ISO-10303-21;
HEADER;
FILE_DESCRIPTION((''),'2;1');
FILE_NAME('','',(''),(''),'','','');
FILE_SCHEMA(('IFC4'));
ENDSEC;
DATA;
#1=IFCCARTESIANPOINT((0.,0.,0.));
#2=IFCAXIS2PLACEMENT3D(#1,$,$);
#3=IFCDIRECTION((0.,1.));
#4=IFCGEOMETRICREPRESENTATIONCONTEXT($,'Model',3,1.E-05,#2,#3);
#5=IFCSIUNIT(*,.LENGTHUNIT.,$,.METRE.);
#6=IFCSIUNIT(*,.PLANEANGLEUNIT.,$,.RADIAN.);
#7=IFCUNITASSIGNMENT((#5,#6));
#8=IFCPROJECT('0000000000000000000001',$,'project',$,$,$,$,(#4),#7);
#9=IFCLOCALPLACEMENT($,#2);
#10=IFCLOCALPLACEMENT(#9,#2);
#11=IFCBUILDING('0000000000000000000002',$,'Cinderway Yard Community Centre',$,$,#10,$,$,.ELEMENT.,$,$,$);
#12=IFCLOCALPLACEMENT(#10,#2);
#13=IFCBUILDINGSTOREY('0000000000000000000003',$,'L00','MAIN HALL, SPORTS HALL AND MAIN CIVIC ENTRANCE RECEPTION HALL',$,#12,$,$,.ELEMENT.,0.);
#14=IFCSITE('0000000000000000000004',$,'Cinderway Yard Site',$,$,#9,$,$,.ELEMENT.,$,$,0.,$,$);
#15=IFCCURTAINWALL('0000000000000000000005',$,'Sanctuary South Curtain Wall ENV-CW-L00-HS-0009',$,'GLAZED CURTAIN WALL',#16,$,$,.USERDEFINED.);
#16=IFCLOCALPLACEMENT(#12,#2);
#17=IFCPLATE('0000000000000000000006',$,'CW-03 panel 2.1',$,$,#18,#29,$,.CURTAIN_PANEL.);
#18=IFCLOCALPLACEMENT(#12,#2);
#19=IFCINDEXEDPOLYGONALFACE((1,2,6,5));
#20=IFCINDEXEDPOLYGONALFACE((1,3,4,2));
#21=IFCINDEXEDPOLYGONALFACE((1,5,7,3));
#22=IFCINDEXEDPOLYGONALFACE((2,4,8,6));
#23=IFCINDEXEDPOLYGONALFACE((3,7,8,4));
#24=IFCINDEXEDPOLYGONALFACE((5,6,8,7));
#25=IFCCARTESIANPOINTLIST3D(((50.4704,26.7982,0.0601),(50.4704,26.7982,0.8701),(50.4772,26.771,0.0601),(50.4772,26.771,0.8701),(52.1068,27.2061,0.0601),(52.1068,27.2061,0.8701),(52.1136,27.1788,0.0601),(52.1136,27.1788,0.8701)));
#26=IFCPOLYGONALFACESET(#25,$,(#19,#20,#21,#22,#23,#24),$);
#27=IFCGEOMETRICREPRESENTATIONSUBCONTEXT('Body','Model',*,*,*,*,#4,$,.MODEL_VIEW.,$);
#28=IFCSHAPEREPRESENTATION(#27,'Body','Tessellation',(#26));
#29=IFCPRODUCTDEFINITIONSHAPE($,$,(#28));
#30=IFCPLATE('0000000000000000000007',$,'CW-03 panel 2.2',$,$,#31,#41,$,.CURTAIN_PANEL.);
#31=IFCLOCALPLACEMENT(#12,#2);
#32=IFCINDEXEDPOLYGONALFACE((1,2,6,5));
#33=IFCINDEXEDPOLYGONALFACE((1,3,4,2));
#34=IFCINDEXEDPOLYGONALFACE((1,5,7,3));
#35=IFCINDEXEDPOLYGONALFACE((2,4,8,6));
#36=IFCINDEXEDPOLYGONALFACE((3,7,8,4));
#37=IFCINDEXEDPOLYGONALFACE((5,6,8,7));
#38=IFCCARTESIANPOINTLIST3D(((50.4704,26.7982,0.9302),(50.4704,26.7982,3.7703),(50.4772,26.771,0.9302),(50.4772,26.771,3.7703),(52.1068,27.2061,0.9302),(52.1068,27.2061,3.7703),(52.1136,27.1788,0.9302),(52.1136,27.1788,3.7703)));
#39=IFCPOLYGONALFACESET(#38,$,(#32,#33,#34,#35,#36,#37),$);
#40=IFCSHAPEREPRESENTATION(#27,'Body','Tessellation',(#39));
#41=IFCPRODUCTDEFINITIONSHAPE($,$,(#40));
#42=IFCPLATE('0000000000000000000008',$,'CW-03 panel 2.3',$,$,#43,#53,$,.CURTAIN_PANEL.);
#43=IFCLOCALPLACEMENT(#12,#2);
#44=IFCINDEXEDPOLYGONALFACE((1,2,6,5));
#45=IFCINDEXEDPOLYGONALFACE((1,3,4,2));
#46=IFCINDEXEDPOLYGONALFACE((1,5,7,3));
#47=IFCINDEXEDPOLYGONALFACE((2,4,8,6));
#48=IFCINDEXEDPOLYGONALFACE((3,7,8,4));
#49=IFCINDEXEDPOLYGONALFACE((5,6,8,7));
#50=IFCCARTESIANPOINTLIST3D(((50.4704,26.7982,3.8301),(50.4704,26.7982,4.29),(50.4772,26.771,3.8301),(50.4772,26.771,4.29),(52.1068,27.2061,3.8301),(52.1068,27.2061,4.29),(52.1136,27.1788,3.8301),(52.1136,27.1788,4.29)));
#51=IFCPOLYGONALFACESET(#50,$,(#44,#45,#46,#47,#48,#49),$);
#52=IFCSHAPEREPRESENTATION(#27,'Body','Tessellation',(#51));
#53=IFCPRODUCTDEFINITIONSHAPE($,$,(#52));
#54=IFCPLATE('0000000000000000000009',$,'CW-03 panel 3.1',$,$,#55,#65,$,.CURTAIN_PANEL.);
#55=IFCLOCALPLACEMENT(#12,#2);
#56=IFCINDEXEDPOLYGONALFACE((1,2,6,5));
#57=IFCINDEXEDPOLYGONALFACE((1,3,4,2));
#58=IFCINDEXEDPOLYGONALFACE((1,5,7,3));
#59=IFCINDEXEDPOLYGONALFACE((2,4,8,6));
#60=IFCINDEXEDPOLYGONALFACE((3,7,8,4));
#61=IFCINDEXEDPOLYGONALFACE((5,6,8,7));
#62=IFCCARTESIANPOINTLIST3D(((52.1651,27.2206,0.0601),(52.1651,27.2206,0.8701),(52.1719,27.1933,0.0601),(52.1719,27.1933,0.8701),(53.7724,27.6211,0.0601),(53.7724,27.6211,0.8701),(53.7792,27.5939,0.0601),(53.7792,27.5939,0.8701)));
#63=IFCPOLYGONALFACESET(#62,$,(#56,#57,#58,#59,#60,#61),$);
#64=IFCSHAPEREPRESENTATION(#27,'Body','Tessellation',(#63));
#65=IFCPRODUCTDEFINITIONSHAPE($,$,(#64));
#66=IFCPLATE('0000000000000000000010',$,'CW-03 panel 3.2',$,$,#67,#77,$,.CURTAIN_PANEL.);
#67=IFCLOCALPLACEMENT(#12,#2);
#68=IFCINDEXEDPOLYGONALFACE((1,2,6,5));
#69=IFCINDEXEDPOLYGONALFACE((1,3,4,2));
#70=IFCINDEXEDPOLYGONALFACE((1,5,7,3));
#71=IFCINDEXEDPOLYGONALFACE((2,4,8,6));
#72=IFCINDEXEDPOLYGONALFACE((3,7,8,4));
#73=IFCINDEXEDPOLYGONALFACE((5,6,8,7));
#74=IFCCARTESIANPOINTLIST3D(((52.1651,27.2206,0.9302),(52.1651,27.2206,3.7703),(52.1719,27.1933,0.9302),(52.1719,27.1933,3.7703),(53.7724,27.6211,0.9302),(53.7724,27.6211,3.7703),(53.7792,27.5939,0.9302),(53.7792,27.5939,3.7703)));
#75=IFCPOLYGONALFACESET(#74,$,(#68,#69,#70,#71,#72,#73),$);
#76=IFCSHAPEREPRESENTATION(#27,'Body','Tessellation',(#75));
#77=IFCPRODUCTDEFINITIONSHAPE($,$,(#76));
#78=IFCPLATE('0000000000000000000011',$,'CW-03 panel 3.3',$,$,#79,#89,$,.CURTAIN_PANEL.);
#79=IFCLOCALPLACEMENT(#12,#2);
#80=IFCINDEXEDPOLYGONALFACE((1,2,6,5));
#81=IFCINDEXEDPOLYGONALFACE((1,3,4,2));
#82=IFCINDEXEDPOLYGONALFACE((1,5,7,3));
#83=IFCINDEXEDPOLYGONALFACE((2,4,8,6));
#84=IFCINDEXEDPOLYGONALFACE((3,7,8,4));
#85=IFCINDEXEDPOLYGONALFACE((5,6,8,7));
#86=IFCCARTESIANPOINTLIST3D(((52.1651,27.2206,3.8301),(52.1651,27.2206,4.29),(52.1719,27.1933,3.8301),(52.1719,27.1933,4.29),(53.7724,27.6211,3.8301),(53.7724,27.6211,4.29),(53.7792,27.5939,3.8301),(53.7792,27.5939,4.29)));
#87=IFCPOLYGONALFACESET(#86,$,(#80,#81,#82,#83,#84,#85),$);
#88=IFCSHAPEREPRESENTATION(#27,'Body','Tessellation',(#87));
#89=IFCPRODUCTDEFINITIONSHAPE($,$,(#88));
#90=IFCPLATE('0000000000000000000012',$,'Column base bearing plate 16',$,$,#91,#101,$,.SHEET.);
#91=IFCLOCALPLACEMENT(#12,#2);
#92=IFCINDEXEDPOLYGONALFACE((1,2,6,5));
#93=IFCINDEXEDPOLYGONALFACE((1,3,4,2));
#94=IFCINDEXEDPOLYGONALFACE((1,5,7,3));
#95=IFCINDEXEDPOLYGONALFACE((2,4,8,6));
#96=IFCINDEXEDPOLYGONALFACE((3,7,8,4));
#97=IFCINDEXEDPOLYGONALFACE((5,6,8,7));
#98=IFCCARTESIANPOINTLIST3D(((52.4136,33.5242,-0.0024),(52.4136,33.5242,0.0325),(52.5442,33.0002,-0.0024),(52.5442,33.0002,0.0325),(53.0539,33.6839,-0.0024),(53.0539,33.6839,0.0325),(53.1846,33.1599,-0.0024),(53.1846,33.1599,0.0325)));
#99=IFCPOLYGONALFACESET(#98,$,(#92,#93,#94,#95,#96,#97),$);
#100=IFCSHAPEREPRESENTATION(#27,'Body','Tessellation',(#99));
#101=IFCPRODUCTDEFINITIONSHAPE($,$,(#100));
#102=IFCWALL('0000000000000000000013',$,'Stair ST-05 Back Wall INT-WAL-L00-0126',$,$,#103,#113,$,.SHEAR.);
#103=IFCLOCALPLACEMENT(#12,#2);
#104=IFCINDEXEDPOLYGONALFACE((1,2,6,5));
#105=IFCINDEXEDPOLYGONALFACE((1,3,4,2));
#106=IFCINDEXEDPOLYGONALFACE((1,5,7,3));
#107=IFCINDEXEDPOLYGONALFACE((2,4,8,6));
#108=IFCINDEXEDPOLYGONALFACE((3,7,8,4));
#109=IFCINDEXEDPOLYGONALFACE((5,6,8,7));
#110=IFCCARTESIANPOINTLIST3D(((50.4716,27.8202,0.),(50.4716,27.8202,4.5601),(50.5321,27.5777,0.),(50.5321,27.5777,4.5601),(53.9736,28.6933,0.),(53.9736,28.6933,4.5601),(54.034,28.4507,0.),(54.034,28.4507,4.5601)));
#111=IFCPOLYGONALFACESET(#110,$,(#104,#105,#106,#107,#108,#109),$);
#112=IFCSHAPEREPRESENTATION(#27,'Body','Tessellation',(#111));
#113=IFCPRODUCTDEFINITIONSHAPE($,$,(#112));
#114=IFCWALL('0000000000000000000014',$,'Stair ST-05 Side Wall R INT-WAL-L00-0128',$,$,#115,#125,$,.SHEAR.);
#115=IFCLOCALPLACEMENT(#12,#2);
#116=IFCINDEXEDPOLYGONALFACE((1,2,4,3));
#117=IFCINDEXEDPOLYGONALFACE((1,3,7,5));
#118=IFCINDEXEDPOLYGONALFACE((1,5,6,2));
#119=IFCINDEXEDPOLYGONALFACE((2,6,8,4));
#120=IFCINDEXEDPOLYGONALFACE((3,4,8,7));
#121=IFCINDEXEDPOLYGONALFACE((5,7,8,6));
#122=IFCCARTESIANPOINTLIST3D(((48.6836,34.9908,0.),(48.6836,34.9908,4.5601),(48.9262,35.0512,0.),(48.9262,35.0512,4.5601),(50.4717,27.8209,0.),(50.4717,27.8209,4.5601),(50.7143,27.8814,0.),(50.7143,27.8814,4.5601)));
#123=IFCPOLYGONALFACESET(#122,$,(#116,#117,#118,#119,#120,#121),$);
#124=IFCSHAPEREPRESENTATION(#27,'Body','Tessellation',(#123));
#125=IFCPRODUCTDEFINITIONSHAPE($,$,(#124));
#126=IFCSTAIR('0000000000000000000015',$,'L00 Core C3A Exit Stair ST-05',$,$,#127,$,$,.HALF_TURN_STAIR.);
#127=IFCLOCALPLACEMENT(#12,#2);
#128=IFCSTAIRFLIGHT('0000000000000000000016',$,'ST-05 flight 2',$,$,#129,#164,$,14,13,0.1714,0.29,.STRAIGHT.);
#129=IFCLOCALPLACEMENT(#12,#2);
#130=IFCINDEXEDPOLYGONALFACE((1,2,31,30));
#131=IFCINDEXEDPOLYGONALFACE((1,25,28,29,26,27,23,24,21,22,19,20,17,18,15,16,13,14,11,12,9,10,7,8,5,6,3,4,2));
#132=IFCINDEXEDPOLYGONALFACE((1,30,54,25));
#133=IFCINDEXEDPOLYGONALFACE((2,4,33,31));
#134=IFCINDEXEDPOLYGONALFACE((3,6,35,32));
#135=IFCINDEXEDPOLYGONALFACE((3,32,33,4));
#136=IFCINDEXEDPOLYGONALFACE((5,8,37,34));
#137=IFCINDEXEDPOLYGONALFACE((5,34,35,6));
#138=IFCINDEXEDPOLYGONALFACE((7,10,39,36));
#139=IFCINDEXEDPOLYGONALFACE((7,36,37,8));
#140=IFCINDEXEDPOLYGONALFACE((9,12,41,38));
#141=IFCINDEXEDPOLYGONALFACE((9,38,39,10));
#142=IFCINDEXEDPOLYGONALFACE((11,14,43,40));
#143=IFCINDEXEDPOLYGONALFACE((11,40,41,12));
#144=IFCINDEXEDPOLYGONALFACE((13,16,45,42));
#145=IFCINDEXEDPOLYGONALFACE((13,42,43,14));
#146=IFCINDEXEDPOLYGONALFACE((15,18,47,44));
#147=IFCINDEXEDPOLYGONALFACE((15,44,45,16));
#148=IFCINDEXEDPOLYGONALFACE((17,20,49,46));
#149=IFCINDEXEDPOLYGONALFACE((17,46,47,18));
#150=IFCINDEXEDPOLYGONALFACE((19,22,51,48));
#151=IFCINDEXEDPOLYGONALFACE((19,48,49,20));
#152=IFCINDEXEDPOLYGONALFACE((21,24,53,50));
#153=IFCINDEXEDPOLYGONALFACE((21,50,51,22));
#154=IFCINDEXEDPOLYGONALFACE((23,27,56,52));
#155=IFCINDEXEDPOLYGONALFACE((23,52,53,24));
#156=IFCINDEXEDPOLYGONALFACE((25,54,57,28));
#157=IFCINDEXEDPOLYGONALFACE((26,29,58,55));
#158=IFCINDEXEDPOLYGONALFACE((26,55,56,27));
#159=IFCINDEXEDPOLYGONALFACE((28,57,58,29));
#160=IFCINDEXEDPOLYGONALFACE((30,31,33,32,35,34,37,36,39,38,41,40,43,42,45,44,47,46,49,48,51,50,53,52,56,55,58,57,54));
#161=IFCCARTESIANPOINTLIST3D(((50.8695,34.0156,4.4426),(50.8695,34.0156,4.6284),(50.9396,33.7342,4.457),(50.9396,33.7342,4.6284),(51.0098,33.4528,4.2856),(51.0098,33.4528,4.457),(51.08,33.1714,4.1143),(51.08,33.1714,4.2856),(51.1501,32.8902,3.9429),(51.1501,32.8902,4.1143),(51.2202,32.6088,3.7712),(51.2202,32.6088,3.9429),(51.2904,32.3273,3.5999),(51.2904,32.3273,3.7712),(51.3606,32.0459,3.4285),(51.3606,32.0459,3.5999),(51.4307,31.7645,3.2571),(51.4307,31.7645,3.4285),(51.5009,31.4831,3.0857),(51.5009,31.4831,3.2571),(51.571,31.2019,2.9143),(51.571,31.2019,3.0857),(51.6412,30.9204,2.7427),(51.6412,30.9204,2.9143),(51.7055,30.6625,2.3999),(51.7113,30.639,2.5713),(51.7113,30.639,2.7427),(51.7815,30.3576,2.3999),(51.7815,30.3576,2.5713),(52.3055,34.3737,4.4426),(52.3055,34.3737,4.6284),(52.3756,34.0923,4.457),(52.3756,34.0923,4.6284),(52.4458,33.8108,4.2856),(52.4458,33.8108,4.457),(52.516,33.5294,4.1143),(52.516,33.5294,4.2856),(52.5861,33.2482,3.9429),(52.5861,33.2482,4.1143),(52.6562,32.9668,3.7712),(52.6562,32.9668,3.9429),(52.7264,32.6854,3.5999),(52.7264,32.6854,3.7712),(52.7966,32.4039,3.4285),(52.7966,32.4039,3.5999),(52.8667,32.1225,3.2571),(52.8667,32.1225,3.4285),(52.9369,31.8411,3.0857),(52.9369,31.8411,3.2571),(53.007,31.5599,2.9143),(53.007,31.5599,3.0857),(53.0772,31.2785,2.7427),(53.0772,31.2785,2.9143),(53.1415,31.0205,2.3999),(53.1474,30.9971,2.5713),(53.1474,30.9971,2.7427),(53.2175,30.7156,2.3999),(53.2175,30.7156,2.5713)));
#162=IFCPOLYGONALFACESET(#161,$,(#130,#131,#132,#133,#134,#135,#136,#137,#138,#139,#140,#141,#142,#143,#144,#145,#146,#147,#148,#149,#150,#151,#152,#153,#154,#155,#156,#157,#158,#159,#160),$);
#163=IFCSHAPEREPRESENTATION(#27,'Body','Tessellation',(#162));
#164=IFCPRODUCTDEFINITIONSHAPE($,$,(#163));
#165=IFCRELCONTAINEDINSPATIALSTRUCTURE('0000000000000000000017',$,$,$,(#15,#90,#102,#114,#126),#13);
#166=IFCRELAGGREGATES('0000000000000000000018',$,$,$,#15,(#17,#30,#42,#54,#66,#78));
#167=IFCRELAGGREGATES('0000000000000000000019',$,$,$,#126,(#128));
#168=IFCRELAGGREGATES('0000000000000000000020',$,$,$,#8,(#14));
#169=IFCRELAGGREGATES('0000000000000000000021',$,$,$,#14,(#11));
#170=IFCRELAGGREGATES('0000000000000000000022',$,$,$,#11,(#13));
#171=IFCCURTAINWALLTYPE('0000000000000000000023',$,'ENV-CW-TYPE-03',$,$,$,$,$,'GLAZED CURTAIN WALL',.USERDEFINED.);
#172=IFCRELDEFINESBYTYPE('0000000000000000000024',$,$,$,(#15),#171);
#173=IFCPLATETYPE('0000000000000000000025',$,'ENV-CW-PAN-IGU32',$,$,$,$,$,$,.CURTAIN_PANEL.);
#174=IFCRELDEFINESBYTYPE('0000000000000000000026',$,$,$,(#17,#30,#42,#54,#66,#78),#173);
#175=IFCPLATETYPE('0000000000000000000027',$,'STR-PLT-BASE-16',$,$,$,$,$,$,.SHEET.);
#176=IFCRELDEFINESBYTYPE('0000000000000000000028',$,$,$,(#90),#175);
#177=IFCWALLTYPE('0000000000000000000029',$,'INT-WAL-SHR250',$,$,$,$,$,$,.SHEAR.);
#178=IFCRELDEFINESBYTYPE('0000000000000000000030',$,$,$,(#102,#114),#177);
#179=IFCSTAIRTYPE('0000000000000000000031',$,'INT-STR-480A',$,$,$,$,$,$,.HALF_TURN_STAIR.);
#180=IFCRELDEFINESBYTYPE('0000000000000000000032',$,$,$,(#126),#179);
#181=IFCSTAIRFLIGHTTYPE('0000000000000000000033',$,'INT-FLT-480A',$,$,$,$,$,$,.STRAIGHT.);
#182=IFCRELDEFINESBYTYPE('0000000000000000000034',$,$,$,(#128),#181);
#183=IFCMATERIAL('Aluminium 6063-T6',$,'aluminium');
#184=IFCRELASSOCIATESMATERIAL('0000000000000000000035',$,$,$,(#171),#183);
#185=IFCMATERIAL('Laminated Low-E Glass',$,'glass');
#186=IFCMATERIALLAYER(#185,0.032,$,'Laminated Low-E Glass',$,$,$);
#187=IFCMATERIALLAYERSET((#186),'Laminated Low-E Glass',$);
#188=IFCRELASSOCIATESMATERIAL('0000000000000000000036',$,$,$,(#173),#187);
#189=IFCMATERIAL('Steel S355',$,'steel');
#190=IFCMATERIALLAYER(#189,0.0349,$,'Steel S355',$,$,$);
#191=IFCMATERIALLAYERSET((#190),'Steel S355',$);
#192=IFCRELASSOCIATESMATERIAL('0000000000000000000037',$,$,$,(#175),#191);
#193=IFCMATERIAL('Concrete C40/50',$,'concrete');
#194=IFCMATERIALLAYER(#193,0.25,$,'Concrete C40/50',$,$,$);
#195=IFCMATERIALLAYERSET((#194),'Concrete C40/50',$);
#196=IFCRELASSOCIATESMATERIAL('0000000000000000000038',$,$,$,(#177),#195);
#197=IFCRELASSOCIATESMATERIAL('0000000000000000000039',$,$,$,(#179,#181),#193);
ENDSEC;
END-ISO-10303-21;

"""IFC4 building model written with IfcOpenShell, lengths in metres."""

from ifc_helpers import new_model, si_unit, direction, frame, frame_2d, origin, origin_2d, place, context, subcontext, project, spatial, polyline, rectangle, outline, extrude, material, layer, layer_set, type_object, element, aggregate, save


model = new_model("IFC4")

# Units and contexts
model_context = context("Model", 3, precision=1e-05, world=origin(), true_north=direction((0.0, 1.0)))
body_context = subcontext(model_context, "Body", "Model", "MODEL_VIEW")
ifc_project = project(units=[si_unit("LENGTHUNIT", "METRE"), si_unit("PLANEANGLEUNIT", "RADIAN")], contexts=[model_context])

# Site, building, storey
site_placement = place(None, origin())
site = spatial("IfcSite", under=ifc_project, at=site_placement, Name="Cinderway Yard Site", CompositionType="ELEMENT", RefElevation=0.0)
building_placement = place(site_placement, origin())
building = spatial("IfcBuilding", under=site, at=building_placement, Name="Cinderway Yard Community Centre", CompositionType="ELEMENT")
storey_placement = place(building_placement, origin())
storey = spatial("IfcBuildingStorey", under=building, at=storey_placement, Name="L00", Description="MAIN HALL, SPORTS HALL AND MAIN CIVIC ENTRANCE RECEPTION HALL", CompositionType="ELEMENT", Elevation=0.0)

# Shared definitions
ifc_material_1 = material(Name="Concrete C40/50", Category="concrete")

# Curtain wall
ifc_material_2 = material(Name="Aluminium 6063-T6", Category="aluminium")
curtain_wall_type_1 = type_object("IfcCurtainWallType", Name="ENV-CW-TYPE-03", ElementType="GLAZED CURTAIN WALL", PredefinedType="USERDEFINED", material=ifc_material_2)
curtain_wall_1_placement = place(storey_placement, origin())
curtain_wall_1 = element("IfcCurtainWall", 1, at=curtain_wall_1_placement, inside=storey, type_object=curtain_wall_type_1, Name="Sanctuary South Curtain Wall ENV-CW-L00-HS-0009", ObjectType="GLAZED CURTAIN WALL", PredefinedType="USERDEFINED")

# Plates
ifc_material_3 = material(Name="Laminated Low-E Glass", Category="glass")
ifc_layer_1 = layer(ifc_material_3, 0.032, Name="Laminated Low-E Glass")
ifc_layer_set_1 = layer_set([ifc_layer_1], Name="Laminated Low-E Glass")
plate_type_1 = type_object("IfcPlateType", Name="ENV-CW-PAN-IGU32", PredefinedType="CURTAIN_PANEL", material=ifc_layer_set_1)
plate_1_placement = place(storey_placement, frame((51.292, 26.9885, 0.0601), z_axis=(0.0, 0.0, 1.0), x_axis=(0.970322, 0.241817, 0.0)))
plate_1 = element("IfcPlate", 2, at=plate_1_placement, type_object=plate_type_1, Name="CW-03 panel 2.1", PredefinedType="CURTAIN_PANEL", context=body_context, shape_type="SweptSolid", body=[
    extrude(rectangle(XDim=1.6865, YDim=0.0281, at=origin_2d()), origin(), (0.0, 0.0, 1.0), 0.8101),
])
plate_2_placement = place(storey_placement, frame((51.292, 26.9885, 0.9302), z_axis=(0.0, 0.0, 1.0), x_axis=(0.970322, 0.241817, 0.0)))
plate_2 = element("IfcPlate", 3, at=plate_2_placement, type_object=plate_type_1, Name="CW-03 panel 2.2", PredefinedType="CURTAIN_PANEL", context=body_context, shape_type="SweptSolid", body=[
    extrude(rectangle(XDim=1.6865, YDim=0.0281, at=origin_2d()), origin(), (0.0, 0.0, 1.0), 2.8401),
])
plate_3_placement = place(storey_placement, frame((51.292, 26.9885, 3.8301), z_axis=(0.0, 0.0, 1.0), x_axis=(0.970322, 0.241817, 0.0)))
plate_3 = element("IfcPlate", 4, at=plate_3_placement, type_object=plate_type_1, Name="CW-03 panel 2.3", PredefinedType="CURTAIN_PANEL", context=body_context, shape_type="SweptSolid", body=[
    extrude(rectangle(XDim=1.6865, YDim=0.0281, at=origin_2d()), origin(), (0.0, 0.0, 1.0), 0.46),
])
plate_4_placement = place(storey_placement, frame((52.9722, 27.4072, 0.0601), z_axis=(0.0, 0.0, 1.0), x_axis=(0.970322, 0.241817, 0.0)))
plate_4 = element("IfcPlate", 5, at=plate_4_placement, type_object=plate_type_1, Name="CW-03 panel 3.1", PredefinedType="CURTAIN_PANEL", context=body_context, shape_type="SweptSolid", body=[
    extrude(rectangle(XDim=1.6565, YDim=0.0281, at=origin_2d()), origin(), (0.0, 0.0, 1.0), 0.8101),
])
plate_5_placement = place(storey_placement, frame((52.9722, 27.4072, 0.9302), z_axis=(0.0, 0.0, 1.0), x_axis=(0.970322, 0.241817, 0.0)))
plate_5 = element("IfcPlate", 6, at=plate_5_placement, type_object=plate_type_1, Name="CW-03 panel 3.2", PredefinedType="CURTAIN_PANEL", context=body_context, shape_type="SweptSolid", body=[
    extrude(rectangle(XDim=1.6565, YDim=0.0281, at=origin_2d()), origin(), (0.0, 0.0, 1.0), 2.8401),
])
plate_6_placement = place(storey_placement, frame((52.9722, 27.4072, 3.8301), z_axis=(0.0, 0.0, 1.0), x_axis=(0.970322, 0.241817, 0.0)))
plate_6 = element("IfcPlate", 7, at=plate_6_placement, type_object=plate_type_1, Name="CW-03 panel 3.3", PredefinedType="CURTAIN_PANEL", context=body_context, shape_type="SweptSolid", body=[
    extrude(rectangle(XDim=1.6565, YDim=0.0281, at=origin_2d()), origin(), (0.0, 0.0, 1.0), 0.46),
])
aggregate(curtain_wall_1, [plate_1, plate_2, plate_3, plate_4, plate_5, plate_6])
ifc_material_4 = material(Name="Steel S355", Category="steel")
ifc_layer_2 = layer(ifc_material_4, 0.0349, Name="Steel S355")
ifc_layer_set_2 = layer_set([ifc_layer_2], Name="Steel S355")
plate_type_2 = type_object("IfcPlateType", Name="STR-PLT-BASE-16", PredefinedType="SHEET", material=ifc_layer_set_2)
plate_7_placement = place(storey_placement, frame((52.7991, 33.342, -0.0024), z_axis=(0.0, 0.0, 1.0), x_axis=(0.970296, 0.241922, 0.0)))
element("IfcPlate", 8, at=plate_7_placement, inside=storey, type_object=plate_type_2, Name="Column base bearing plate 16", PredefinedType="SHEET", context=body_context, shape_type="SweptSolid", body=[
    extrude(rectangle(XDim=0.6599, YDim=0.54, at=origin_2d()), origin(), (0.0, 0.0, 1.0), 0.0349),
])

# Walls
ifc_layer_3 = layer(ifc_material_1, 0.25, Name="Concrete C40/50")
ifc_layer_set_3 = layer_set([ifc_layer_3], Name="Concrete C40/50")
wall_type = type_object("IfcWallType", Name="INT-WAL-SHR250", PredefinedType="SHEAR", material=ifc_layer_set_3)
wall_1_placement = place(storey_placement, frame((54.0039, 28.572, 0.0), z_axis=(0.0, 0.0, 1.0), x_axis=(-0.970301, -0.241899, 0.0)))
element("IfcWall", 9, at=wall_1_placement, inside=storey, type_object=wall_type, Name="Stair ST-05 Back Wall INT-WAL-L00-0126", PredefinedType="SHEAR", context=body_context, shape_type="SweptSolid", body=[
    extrude(rectangle(XDim=3.6091, YDim=0.25, at=frame_2d((1.8047, 0.0))), origin(), (0.0, 0.0, 1.0), 4.5601),
])
wall_2_placement = place(storey_placement, frame((50.593, 27.8511, 0.0), z_axis=(0.0, 0.0, 1.0), x_axis=(-0.241976, 0.970282, 0.0)))
element("IfcWall", 10, at=wall_2_placement, inside=storey, type_object=wall_type, Name="Stair ST-05 Side Wall R INT-WAL-L00-0128", PredefinedType="SHEAR", context=body_context, shape_type="SweptSolid", body=[
    extrude(rectangle(XDim=7.3894, YDim=0.25, at=frame_2d((3.6948, 0.0))), origin(), (0.0, 0.0, 1.0), 4.5601),
])

# Stair, stair flight
stair_type = type_object("IfcStairType", Name="INT-STR-480A", PredefinedType="HALF_TURN_STAIR", material=ifc_material_1)
stair_placement = place(storey_placement, origin())
stair = element("IfcStair", 11, at=stair_placement, inside=storey, type_object=stair_type, Name="L00 Core C3A Exit Stair ST-05", PredefinedType="HALF_TURN_STAIR")
stair_flight_type = type_object("IfcStairFlightType", Name="INT-FLT-480A", PredefinedType="STRAIGHT", material=ifc_material_1)
stair_flight_placement = place(storey_placement, frame((52.4995, 30.5366, 2.3999), z_axis=(0.0, 0.0, 1.0), x_axis=(-0.241922, 0.970296, 0.0)))
stair_flight = element("IfcStairFlight", 12, at=stair_flight_placement, type_object=stair_flight_type, Name="ST-05 flight 2", NumberOfRisers=14, NumberOfTreads=13, PredefinedType="STRAIGHT", RiserHeight=0.1714, TreadLength=0.29, context=body_context, shape_type="SweptSolid", body=[
    extrude(outline(polyline([(0.0, 0.0), (0.0, 0.1714), (0.29, 0.1714), (0.29, 0.3428), (0.5801, 0.3428), (0.5801, 0.5144), (0.8701, 0.5144), (0.8701, 0.6858), (1.1599, 0.6858), (1.1599, 0.8572), (1.45, 0.8572), (1.45, 1.0286), (1.74, 1.0286), (1.74, 1.2), (2.03, 1.2), (2.03, 1.3713), (2.3201, 1.3713), (2.3201, 1.543), (2.6101, 1.543), (2.6101, 1.7144), (2.8999, 1.7144), (2.8999, 1.8857), (3.1899, 1.8857), (3.1899, 2.0571), (3.48, 2.0571), (3.48, 2.2285), (3.77, 2.2285), (3.77, 2.3999), (3.77, 2.0427), (0.3142, 0.0), (0.0, 0.0)])), frame((0.0, 0.74, 0.0), z_axis=(0.0, -1.0, 0.0), x_axis=(1.0, 0.0, 0.0)), (0.0, 0.0, 1.0), 1.48),
])
aggregate(stair, [stair_flight])

save(model, "model.ifc")
